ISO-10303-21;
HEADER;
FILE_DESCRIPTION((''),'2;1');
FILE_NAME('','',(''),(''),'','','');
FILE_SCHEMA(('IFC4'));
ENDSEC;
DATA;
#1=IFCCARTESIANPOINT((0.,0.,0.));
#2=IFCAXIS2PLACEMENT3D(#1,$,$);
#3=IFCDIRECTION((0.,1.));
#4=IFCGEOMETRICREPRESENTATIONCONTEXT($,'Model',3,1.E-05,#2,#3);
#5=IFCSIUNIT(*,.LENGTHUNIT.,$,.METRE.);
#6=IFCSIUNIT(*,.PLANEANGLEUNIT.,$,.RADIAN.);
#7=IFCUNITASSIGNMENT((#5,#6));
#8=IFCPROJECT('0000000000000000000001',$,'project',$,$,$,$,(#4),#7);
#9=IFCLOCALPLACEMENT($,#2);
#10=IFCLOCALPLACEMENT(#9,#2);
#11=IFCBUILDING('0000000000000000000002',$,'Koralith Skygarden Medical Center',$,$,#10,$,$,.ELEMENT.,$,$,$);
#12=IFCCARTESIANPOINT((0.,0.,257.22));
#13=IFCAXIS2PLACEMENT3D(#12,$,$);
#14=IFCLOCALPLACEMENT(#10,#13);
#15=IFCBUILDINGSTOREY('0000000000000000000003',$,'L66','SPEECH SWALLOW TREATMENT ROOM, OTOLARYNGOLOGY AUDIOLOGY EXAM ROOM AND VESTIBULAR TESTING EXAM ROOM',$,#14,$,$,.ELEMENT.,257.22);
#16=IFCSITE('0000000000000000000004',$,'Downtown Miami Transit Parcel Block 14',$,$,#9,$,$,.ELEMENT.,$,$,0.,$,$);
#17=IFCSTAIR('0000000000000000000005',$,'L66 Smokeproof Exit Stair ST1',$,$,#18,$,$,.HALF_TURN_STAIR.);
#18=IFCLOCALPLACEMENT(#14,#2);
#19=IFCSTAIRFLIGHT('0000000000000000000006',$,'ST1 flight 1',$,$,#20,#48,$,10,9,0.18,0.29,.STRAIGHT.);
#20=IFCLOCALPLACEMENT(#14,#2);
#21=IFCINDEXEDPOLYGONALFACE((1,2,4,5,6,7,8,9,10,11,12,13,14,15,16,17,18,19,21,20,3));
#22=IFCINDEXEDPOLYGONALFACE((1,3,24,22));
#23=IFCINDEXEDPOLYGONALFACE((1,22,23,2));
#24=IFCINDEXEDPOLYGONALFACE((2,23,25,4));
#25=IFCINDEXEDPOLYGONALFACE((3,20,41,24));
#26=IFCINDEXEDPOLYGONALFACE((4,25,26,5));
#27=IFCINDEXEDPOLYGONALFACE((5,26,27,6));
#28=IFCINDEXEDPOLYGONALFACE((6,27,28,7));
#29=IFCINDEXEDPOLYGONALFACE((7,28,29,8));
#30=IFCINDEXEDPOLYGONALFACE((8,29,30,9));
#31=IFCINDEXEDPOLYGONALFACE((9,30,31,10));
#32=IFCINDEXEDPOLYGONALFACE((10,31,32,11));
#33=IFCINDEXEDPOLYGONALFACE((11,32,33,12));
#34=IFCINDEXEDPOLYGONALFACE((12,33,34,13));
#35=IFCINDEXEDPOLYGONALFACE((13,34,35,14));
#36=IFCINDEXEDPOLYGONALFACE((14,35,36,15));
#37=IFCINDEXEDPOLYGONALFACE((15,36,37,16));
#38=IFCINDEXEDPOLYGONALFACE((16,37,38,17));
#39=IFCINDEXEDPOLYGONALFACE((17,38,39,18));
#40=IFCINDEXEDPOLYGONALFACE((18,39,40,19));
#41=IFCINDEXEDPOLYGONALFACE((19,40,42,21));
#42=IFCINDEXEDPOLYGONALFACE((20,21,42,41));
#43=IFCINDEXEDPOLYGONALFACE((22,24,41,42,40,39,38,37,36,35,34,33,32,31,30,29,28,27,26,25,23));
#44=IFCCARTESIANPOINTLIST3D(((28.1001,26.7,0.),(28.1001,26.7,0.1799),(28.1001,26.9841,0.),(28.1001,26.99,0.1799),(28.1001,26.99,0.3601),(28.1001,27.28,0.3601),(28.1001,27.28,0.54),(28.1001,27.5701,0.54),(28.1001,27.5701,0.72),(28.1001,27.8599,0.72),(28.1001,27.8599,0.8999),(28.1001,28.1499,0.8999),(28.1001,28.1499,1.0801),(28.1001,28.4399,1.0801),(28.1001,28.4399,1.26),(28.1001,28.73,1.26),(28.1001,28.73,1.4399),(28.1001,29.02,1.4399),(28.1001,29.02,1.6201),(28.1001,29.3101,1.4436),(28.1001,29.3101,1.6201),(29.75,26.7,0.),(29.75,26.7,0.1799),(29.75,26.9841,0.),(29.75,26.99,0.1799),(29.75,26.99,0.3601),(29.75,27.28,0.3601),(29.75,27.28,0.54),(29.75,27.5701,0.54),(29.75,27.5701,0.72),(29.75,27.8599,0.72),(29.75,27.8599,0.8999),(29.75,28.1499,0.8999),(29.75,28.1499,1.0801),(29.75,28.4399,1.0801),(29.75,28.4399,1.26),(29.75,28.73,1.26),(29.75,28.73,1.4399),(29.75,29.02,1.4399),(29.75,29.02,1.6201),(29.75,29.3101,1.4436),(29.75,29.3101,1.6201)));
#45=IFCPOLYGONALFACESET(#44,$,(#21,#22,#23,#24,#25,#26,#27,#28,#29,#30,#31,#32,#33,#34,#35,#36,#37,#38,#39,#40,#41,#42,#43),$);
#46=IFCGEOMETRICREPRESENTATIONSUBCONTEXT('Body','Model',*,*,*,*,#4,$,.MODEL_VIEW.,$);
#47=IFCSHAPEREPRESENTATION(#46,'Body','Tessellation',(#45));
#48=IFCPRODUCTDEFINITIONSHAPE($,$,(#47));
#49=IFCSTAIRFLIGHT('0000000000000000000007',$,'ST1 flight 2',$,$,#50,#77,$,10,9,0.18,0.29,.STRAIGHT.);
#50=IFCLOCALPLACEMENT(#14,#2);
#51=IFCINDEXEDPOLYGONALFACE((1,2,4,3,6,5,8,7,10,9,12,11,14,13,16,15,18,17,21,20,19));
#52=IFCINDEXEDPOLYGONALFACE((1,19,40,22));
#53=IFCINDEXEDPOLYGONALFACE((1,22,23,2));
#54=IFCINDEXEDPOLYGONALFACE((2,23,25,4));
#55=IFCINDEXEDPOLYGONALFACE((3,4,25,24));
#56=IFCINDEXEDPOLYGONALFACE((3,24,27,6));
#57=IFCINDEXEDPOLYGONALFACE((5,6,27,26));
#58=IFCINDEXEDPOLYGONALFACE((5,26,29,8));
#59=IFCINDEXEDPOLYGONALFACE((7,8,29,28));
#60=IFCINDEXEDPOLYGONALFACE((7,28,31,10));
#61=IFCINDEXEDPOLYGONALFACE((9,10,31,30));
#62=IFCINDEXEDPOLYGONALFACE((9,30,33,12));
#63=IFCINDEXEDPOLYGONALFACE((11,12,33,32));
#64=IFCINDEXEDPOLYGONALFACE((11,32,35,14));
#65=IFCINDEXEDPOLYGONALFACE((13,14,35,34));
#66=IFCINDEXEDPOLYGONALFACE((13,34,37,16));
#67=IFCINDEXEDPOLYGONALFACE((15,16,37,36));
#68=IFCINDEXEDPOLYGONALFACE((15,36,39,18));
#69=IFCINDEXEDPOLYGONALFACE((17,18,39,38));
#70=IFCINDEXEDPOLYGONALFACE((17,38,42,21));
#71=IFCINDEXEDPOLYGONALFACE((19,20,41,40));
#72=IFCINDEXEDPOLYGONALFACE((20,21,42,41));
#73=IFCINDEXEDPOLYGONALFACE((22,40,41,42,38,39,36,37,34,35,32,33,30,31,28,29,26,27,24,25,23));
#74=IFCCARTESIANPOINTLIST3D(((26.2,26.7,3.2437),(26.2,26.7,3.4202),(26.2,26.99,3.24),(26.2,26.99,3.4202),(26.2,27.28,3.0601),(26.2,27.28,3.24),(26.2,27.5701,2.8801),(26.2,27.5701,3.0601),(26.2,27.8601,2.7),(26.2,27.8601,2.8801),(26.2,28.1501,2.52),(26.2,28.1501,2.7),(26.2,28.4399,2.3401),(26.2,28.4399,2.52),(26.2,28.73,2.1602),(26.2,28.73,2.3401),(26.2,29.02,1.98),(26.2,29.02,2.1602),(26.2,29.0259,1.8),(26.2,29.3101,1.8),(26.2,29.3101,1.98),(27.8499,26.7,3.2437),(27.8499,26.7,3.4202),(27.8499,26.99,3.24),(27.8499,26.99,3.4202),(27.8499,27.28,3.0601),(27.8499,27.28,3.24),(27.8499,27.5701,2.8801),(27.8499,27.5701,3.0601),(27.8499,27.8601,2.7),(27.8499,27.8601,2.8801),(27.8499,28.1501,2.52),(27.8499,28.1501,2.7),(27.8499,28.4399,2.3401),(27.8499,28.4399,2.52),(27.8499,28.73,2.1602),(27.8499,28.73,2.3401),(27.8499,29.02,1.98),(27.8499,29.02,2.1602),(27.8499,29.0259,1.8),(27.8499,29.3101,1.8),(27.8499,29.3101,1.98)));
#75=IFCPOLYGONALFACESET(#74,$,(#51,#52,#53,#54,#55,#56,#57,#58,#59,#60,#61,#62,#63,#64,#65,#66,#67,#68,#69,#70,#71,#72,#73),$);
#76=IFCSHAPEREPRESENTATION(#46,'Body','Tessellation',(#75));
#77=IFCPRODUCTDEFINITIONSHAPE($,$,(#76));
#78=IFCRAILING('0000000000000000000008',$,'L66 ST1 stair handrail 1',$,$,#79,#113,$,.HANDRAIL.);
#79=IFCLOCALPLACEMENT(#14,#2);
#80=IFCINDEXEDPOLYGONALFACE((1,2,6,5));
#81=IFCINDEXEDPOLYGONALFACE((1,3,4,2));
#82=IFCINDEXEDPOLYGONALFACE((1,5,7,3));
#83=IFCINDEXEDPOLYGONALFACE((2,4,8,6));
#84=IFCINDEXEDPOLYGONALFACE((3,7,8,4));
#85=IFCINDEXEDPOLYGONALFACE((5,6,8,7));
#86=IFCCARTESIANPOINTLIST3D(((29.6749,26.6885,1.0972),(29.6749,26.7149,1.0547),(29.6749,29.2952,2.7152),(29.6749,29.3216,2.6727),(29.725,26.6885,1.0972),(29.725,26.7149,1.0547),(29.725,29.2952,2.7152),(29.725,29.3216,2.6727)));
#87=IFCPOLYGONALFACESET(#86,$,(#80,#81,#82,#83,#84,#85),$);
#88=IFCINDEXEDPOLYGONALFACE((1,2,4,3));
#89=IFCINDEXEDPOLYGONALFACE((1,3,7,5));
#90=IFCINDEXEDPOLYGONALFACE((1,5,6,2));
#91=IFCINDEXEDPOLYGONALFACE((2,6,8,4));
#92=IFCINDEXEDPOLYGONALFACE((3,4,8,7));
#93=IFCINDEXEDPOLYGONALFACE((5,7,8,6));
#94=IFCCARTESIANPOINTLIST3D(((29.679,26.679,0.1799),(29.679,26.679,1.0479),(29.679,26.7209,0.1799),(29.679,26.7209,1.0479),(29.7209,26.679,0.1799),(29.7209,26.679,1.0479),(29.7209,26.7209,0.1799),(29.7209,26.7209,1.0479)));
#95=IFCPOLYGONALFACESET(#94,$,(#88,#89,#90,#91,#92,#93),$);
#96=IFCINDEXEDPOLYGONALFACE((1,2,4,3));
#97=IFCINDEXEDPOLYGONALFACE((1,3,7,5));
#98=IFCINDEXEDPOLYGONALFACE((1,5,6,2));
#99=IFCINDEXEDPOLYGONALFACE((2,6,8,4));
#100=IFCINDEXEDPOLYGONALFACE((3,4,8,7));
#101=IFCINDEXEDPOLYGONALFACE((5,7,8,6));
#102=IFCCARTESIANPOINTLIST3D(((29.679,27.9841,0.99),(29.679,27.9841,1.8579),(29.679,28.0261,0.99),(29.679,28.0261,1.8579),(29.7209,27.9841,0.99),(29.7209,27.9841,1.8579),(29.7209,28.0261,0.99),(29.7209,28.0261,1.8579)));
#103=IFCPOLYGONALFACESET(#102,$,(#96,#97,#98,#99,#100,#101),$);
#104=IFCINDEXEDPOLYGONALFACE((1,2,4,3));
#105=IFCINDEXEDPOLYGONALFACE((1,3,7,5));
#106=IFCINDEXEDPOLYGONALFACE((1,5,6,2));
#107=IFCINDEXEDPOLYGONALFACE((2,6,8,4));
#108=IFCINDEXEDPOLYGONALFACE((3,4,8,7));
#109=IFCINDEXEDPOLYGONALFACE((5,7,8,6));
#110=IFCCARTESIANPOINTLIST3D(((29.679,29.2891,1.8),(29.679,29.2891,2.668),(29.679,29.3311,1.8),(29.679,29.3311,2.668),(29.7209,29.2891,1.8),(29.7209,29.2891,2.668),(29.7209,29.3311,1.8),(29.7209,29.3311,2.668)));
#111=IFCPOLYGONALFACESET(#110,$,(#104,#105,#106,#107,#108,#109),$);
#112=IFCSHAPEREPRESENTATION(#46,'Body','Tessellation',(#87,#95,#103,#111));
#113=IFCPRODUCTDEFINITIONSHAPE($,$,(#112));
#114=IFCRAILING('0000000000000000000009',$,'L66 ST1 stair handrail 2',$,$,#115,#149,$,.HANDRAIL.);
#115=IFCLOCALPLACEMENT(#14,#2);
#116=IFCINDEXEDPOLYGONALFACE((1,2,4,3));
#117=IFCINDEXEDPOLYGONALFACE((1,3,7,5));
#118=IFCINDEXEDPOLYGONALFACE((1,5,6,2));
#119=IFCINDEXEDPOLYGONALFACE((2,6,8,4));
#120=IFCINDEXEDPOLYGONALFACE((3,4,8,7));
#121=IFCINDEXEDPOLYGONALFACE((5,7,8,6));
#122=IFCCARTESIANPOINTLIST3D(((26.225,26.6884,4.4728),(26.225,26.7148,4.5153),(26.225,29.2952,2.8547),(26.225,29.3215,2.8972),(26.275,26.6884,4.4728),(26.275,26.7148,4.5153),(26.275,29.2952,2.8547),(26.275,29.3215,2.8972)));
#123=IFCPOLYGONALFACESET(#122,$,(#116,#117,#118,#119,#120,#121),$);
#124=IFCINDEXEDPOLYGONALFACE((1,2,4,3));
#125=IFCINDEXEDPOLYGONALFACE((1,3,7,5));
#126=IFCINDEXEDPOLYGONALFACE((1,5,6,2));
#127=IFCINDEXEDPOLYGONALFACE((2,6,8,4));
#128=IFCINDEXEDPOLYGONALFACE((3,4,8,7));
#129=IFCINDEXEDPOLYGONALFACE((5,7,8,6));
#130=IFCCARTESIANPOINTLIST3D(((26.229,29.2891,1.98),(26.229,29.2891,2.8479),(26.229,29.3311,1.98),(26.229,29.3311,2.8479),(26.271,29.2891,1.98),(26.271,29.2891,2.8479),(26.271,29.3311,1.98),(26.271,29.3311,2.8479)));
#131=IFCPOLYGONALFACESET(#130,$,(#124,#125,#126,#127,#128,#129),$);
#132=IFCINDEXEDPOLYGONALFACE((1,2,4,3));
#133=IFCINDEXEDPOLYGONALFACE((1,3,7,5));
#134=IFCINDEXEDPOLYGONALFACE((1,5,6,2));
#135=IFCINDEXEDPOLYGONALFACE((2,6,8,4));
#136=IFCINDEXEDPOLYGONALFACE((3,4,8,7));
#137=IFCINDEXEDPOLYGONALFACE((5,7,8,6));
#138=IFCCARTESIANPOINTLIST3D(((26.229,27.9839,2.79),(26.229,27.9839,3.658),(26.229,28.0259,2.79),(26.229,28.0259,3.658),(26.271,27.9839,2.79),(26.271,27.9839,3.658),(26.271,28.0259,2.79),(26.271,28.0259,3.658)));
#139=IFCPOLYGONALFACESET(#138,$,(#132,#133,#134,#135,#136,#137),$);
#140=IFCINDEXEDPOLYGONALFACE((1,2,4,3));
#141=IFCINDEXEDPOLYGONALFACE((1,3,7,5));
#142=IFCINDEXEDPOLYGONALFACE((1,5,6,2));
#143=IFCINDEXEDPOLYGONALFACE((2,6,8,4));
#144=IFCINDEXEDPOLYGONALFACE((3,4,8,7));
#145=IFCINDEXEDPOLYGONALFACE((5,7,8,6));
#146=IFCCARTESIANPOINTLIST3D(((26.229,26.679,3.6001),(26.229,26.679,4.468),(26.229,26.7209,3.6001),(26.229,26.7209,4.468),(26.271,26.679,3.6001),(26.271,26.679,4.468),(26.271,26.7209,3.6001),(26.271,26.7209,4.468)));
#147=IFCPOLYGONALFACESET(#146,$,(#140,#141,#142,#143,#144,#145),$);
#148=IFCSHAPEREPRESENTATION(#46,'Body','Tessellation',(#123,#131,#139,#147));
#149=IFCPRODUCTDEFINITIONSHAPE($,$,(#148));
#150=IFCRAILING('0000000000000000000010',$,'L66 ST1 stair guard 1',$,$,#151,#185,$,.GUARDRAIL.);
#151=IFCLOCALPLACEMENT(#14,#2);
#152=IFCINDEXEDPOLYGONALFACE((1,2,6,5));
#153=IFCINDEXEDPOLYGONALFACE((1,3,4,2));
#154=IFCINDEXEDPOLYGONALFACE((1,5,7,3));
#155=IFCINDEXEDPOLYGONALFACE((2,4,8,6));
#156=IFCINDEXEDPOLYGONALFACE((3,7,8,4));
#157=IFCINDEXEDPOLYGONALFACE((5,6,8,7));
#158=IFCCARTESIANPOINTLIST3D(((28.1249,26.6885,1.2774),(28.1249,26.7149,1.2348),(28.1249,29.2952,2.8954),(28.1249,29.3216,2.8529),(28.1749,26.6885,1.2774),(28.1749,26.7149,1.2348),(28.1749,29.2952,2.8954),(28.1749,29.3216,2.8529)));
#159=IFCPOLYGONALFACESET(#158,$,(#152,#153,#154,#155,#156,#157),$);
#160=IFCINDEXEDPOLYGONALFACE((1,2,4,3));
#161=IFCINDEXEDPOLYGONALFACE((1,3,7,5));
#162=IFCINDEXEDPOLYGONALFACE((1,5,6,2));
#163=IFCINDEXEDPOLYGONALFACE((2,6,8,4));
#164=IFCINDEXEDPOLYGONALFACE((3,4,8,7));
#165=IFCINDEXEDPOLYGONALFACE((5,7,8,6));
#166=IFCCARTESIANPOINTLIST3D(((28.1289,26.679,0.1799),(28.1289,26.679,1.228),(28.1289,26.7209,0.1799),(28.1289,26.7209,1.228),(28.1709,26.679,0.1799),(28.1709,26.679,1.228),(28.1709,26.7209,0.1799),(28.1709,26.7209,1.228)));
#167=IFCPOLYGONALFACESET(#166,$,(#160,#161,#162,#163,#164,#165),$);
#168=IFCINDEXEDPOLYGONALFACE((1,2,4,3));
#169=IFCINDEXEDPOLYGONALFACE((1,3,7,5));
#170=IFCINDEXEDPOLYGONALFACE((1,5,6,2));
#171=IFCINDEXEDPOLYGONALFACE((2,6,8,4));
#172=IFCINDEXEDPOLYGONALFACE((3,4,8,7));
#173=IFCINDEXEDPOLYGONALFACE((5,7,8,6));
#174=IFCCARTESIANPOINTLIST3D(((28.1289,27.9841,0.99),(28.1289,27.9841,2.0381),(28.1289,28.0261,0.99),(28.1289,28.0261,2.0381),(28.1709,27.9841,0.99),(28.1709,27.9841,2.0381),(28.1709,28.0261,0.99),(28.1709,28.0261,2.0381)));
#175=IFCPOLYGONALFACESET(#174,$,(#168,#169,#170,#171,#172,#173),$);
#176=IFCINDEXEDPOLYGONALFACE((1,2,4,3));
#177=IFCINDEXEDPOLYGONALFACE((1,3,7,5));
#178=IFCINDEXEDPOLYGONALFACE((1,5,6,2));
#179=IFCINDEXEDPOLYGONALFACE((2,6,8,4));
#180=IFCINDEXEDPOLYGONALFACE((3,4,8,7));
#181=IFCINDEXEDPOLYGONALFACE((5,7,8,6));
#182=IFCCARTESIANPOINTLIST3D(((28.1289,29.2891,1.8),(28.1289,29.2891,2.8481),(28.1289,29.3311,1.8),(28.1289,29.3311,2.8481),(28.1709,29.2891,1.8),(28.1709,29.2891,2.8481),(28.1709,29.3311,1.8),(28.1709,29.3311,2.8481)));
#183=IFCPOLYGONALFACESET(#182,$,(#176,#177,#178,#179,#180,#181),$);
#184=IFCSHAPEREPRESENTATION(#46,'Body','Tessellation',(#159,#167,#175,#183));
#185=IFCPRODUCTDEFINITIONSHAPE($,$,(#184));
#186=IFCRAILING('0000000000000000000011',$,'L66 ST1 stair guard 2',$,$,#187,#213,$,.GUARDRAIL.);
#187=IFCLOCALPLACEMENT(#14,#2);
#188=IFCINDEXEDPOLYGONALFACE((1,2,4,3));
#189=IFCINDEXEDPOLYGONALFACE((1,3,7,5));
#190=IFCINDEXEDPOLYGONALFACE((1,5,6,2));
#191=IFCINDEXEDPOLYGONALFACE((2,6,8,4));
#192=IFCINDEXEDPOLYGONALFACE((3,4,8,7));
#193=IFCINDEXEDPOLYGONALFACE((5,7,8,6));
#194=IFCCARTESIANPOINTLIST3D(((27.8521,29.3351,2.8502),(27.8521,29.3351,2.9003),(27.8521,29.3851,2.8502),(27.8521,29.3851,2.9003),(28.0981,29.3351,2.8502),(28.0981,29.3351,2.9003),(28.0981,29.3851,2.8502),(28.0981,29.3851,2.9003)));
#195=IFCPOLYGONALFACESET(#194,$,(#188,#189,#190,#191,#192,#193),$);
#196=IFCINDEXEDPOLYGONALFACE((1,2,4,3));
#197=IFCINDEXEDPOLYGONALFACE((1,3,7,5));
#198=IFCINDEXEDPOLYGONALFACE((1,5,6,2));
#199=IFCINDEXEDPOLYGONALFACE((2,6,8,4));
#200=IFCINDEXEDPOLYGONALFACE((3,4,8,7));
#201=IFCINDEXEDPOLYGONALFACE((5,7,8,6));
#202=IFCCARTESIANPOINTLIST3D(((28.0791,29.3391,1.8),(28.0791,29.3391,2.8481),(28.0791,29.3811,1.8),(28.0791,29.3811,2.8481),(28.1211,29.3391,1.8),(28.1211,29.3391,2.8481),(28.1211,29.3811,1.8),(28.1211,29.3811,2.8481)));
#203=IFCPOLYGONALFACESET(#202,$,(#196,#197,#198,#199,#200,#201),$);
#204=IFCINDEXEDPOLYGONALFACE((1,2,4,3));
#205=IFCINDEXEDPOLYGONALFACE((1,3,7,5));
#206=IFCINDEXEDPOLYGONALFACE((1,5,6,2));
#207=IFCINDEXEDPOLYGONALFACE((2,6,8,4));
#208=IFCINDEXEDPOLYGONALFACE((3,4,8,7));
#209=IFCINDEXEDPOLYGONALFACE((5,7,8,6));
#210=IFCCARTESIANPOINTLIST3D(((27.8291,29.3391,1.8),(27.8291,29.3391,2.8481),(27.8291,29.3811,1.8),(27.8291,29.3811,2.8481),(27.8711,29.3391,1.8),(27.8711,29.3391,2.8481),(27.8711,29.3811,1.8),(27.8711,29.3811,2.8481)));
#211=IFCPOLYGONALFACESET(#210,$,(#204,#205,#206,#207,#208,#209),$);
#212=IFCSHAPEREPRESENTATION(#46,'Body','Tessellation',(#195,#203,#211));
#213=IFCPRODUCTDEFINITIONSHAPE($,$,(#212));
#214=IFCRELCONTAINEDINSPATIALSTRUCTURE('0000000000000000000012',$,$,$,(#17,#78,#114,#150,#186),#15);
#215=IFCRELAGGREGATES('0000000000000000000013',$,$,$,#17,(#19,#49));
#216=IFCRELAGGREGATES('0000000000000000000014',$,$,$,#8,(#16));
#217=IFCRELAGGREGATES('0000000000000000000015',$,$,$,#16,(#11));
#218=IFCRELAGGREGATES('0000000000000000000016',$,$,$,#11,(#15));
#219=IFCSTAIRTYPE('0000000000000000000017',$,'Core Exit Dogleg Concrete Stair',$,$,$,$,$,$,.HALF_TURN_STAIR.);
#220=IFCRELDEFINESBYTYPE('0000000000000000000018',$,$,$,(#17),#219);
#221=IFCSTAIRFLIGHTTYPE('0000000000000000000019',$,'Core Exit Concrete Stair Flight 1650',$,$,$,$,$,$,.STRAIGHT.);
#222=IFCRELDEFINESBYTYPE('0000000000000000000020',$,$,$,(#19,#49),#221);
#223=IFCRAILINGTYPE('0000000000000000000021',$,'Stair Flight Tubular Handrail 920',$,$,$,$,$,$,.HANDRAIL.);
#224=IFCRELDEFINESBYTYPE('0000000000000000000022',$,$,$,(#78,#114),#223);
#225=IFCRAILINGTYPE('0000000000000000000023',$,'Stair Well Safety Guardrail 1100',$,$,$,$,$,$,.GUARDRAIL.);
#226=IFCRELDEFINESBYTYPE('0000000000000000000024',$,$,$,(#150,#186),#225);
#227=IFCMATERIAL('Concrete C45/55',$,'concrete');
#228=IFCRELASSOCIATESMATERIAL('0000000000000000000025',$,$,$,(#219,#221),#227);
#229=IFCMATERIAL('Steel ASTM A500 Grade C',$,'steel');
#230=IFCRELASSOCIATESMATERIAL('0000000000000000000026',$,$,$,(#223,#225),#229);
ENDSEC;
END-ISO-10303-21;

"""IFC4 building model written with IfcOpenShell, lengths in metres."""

from ifc_helpers import new_model, si_unit, direction, frame, origin, origin_2d, place, context, subcontext, project, spatial, polyline, rectangle, outline, extrude, material, type_object, element, aggregate, save


model = new_model("IFC4")

# Units and contexts
model_context = context("Model", 3, precision=1e-05, world=origin(), true_north=direction((0.0, 1.0)))
body_context = subcontext(model_context, "Body", "Model", "MODEL_VIEW")
ifc_project = project(units=[si_unit("LENGTHUNIT", "METRE"), si_unit("PLANEANGLEUNIT", "RADIAN")], contexts=[model_context])

# Site, building, storey
site_placement = place(None, origin())
site = spatial("IfcSite", under=ifc_project, at=site_placement, Name="Downtown Miami Transit Parcel Block 14", CompositionType="ELEMENT", RefElevation=0.0)
building_placement = place(site_placement, origin())
building = spatial("IfcBuilding", under=site, at=building_placement, Name="Koralith Skygarden Medical Center", CompositionType="ELEMENT")
storey_placement = place(building_placement, frame((0.0, 0.0, 257.22)))
storey = spatial("IfcBuildingStorey", under=building, at=storey_placement, Name="L66", Description="SPEECH SWALLOW TREATMENT ROOM, OTOLARYNGOLOGY AUDIOLOGY EXAM ROOM AND VESTIBULAR TESTING EXAM ROOM", CompositionType="ELEMENT", Elevation=257.22)

# Shared definitions
ifc_material_1 = material(Name="Concrete C45/55", Category="concrete")

# Shared definitions
ifc_material_2 = material(Name="Steel ASTM A500 Grade C", Category="steel")

# Stair, stair flights
stair_type = type_object("IfcStairType", Name="Core Exit Dogleg Concrete Stair", PredefinedType="HALF_TURN_STAIR", material=ifc_material_1)
stair_placement = place(storey_placement, origin())
stair = element("IfcStair", 1, at=stair_placement, inside=storey, type_object=stair_type, Name="L66 Smokeproof Exit Stair ST1", PredefinedType="HALF_TURN_STAIR")
stair_flight_type = type_object("IfcStairFlightType", Name="Core Exit Concrete Stair Flight 1650", PredefinedType="STRAIGHT", material=ifc_material_1)
stair_flight_1_placement = place(storey_placement, frame((28.925, 26.7, 0.0), z_axis=(0.0, 0.0, 1.0), x_axis=(0.0, 1.0, 0.0)))
stair_flight_1 = element("IfcStairFlight", 2, at=stair_flight_1_placement, type_object=stair_flight_type, Name="ST1 flight 1", NumberOfRisers=10, NumberOfTreads=9, PredefinedType="STRAIGHT", RiserHeight=0.18, TreadLength=0.29, context=body_context, shape_type="SweptSolid", body=[
    extrude(outline(polyline([(0.0, 0.0), (0.0, 0.1799), (0.29, 0.1799), (0.29, 0.3601), (0.5801, 0.3601), (0.5801, 0.54), (0.8701, 0.54), (0.8701, 0.72), (1.1599, 0.72), (1.1599, 0.8999), (1.45, 0.8999), (1.45, 1.0801), (1.74, 1.0801), (1.74, 1.26), (2.03, 1.26), (2.03, 1.4399), (2.3201, 1.4399), (2.3201, 1.6201), (2.6101, 1.6201), (2.6101, 1.8), (2.6101, 1.4436), (0.2842, 0.0), (0.0, 0.0)])), frame((0.0, 0.825, 0.0), z_axis=(0.0, -1.0, 0.0), x_axis=(1.0, 0.0, 0.0)), (0.0, 0.0, 1.0), 1.6499),
])
stair_flight_2_placement = place(storey_placement, frame((27.0249, 29.3101, 1.8), z_axis=(0.0, 0.0, 1.0), x_axis=(0.0, -1.0, 0.0)))
stair_flight_2 = element("IfcStairFlight", 3, at=stair_flight_2_placement, type_object=stair_flight_type, Name="ST1 flight 2", NumberOfRisers=10, NumberOfTreads=9, PredefinedType="STRAIGHT", RiserHeight=0.18, TreadLength=0.29, context=body_context, shape_type="SweptSolid", body=[
    extrude(outline(polyline([(0.0, 0.0), (0.0, 0.1799), (0.29, 0.1799), (0.29, 0.3601), (0.5801, 0.3601), (0.5801, 0.54), (0.8701, 0.54), (0.8701, 0.72), (1.1599, 0.72), (1.1599, 0.8999), (1.45, 0.8999), (1.45, 1.0801), (1.74, 1.0801), (1.74, 1.26), (2.03, 1.26), (2.03, 1.4399), (2.3201, 1.4399), (2.3201, 1.6201), (2.6101, 1.6201), (2.6101, 1.8), (2.6101, 1.4436), (0.2842, 0.0), (0.0, 0.0)])), frame((0.0, 0.825, 0.0), z_axis=(0.0, -1.0, 0.0), x_axis=(1.0, 0.0, 0.0)), (0.0, 0.0, 1.0), 1.6499),
])
aggregate(stair, [stair_flight_1, stair_flight_2])

# Railings
railing_type_1 = type_object("IfcRailingType", Name="Stair Flight Tubular Handrail 920", PredefinedType="HANDRAIL", material=ifc_material_2)
railing_1_placement = place(storey_placement, frame((29.7, 26.7, 0.1799)))
element("IfcRailing", 4, at=railing_1_placement, inside=storey, type_object=railing_type_1, Name="L66 ST1 stair handrail 1", PredefinedType="HANDRAIL", context=body_context, shape_type="SweptSolid", body=[
    extrude(rectangle(XDim=0.05, YDim=0.05, at=origin_2d()), frame((0.0, 0.0017, 0.896), z_axis=(0.0, 0.849633, 0.527375), x_axis=(-1.0, 0.0, 0.0)), (0.0, 0.0, 1.0), 3.0681),
    extrude(rectangle(XDim=0.042, YDim=0.042, at=origin_2d()), origin(), (0.0, 0.0, 1.0), 0.8679),
    extrude(rectangle(XDim=0.042, YDim=0.042, at=origin_2d()), frame((0.0, 1.3052, 0.8101)), (0.0, 0.0, 1.0), 0.8679),
    extrude(rectangle(XDim=0.042, YDim=0.042, at=origin_2d()), frame((0.0, 2.6101, 1.6201)), (0.0, 0.0, 1.0), 0.8679),
])
railing_2_placement = place(storey_placement, frame((26.25, 29.3101, 1.98)))
element("IfcRailing", 5, at=railing_2_placement, inside=storey, type_object=railing_type_1, Name="L66 ST1 stair handrail 2", PredefinedType="HANDRAIL", context=body_context, shape_type="SweptSolid", body=[
    extrude(rectangle(XDim=0.05, YDim=0.05, at=origin_2d()), frame((0.0, -0.0017, 0.896), z_axis=(0.0, -0.849633, 0.527375), x_axis=(1.0, 0.0, 0.0)), (0.0, 0.0, 1.0), 3.0681),
    extrude(rectangle(XDim=0.042, YDim=0.042, at=origin_2d()), origin(), (0.0, 0.0, 1.0), 0.8679),
    extrude(rectangle(XDim=0.042, YDim=0.042, at=origin_2d()), frame((0.0, -1.3052, 0.8101)), (0.0, 0.0, 1.0), 0.8679),
    extrude(rectangle(XDim=0.042, YDim=0.042, at=origin_2d()), frame((0.0, -2.6101, 1.6201)), (0.0, 0.0, 1.0), 0.8679),
])
railing_type_2 = type_object("IfcRailingType", Name="Stair Well Safety Guardrail 1100", PredefinedType="GUARDRAIL", material=ifc_material_2)
railing_3_placement = place(storey_placement, frame((28.1499, 26.7, 0.1799)))
element("IfcRailing", 6, at=railing_3_placement, inside=storey, type_object=railing_type_2, Name="L66 ST1 stair guard 1", PredefinedType="GUARDRAIL", context=body_context, shape_type="SweptSolid", body=[
    extrude(rectangle(XDim=0.05, YDim=0.05, at=origin_2d()), frame((0.0, 0.0017, 1.0762), z_axis=(0.0, 0.849633, 0.527375), x_axis=(-1.0, 0.0, 0.0)), (0.0, 0.0, 1.0), 3.0681),
    extrude(rectangle(XDim=0.042, YDim=0.042, at=origin_2d()), origin(), (0.0, 0.0, 1.0), 1.0481),
    extrude(rectangle(XDim=0.042, YDim=0.042, at=origin_2d()), frame((0.0, 1.3052, 0.8101)), (0.0, 0.0, 1.0), 1.0481),
    extrude(rectangle(XDim=0.042, YDim=0.042, at=origin_2d()), frame((0.0, 2.6101, 1.6201)), (0.0, 0.0, 1.0), 1.0481),
])
railing_4_placement = place(storey_placement, frame((28.1001, 29.3601, 1.8)))
element("IfcRailing", 7, at=railing_4_placement, inside=storey, type_object=railing_type_2, Name="L66 ST1 stair guard 2", PredefinedType="GUARDRAIL", context=body_context, shape_type="SweptSolid", body=[
    extrude(rectangle(XDim=0.05, YDim=0.05, at=origin_2d()), frame((-0.002, 0.0, 1.0752), z_axis=(-1.0, 0.0, 0.0), x_axis=(0.0, -1.0, 0.0)), (0.0, 0.0, 1.0), 0.2461),
    extrude(rectangle(XDim=0.042, YDim=0.042, at=origin_2d()), origin(), (0.0, 0.0, 1.0), 1.0481),
    extrude(rectangle(XDim=0.042, YDim=0.042, at=origin_2d()), frame((-0.25, 0.0, 0.0)), (0.0, 0.0, 1.0), 1.0481),
])

save(model, "model.ifc")
